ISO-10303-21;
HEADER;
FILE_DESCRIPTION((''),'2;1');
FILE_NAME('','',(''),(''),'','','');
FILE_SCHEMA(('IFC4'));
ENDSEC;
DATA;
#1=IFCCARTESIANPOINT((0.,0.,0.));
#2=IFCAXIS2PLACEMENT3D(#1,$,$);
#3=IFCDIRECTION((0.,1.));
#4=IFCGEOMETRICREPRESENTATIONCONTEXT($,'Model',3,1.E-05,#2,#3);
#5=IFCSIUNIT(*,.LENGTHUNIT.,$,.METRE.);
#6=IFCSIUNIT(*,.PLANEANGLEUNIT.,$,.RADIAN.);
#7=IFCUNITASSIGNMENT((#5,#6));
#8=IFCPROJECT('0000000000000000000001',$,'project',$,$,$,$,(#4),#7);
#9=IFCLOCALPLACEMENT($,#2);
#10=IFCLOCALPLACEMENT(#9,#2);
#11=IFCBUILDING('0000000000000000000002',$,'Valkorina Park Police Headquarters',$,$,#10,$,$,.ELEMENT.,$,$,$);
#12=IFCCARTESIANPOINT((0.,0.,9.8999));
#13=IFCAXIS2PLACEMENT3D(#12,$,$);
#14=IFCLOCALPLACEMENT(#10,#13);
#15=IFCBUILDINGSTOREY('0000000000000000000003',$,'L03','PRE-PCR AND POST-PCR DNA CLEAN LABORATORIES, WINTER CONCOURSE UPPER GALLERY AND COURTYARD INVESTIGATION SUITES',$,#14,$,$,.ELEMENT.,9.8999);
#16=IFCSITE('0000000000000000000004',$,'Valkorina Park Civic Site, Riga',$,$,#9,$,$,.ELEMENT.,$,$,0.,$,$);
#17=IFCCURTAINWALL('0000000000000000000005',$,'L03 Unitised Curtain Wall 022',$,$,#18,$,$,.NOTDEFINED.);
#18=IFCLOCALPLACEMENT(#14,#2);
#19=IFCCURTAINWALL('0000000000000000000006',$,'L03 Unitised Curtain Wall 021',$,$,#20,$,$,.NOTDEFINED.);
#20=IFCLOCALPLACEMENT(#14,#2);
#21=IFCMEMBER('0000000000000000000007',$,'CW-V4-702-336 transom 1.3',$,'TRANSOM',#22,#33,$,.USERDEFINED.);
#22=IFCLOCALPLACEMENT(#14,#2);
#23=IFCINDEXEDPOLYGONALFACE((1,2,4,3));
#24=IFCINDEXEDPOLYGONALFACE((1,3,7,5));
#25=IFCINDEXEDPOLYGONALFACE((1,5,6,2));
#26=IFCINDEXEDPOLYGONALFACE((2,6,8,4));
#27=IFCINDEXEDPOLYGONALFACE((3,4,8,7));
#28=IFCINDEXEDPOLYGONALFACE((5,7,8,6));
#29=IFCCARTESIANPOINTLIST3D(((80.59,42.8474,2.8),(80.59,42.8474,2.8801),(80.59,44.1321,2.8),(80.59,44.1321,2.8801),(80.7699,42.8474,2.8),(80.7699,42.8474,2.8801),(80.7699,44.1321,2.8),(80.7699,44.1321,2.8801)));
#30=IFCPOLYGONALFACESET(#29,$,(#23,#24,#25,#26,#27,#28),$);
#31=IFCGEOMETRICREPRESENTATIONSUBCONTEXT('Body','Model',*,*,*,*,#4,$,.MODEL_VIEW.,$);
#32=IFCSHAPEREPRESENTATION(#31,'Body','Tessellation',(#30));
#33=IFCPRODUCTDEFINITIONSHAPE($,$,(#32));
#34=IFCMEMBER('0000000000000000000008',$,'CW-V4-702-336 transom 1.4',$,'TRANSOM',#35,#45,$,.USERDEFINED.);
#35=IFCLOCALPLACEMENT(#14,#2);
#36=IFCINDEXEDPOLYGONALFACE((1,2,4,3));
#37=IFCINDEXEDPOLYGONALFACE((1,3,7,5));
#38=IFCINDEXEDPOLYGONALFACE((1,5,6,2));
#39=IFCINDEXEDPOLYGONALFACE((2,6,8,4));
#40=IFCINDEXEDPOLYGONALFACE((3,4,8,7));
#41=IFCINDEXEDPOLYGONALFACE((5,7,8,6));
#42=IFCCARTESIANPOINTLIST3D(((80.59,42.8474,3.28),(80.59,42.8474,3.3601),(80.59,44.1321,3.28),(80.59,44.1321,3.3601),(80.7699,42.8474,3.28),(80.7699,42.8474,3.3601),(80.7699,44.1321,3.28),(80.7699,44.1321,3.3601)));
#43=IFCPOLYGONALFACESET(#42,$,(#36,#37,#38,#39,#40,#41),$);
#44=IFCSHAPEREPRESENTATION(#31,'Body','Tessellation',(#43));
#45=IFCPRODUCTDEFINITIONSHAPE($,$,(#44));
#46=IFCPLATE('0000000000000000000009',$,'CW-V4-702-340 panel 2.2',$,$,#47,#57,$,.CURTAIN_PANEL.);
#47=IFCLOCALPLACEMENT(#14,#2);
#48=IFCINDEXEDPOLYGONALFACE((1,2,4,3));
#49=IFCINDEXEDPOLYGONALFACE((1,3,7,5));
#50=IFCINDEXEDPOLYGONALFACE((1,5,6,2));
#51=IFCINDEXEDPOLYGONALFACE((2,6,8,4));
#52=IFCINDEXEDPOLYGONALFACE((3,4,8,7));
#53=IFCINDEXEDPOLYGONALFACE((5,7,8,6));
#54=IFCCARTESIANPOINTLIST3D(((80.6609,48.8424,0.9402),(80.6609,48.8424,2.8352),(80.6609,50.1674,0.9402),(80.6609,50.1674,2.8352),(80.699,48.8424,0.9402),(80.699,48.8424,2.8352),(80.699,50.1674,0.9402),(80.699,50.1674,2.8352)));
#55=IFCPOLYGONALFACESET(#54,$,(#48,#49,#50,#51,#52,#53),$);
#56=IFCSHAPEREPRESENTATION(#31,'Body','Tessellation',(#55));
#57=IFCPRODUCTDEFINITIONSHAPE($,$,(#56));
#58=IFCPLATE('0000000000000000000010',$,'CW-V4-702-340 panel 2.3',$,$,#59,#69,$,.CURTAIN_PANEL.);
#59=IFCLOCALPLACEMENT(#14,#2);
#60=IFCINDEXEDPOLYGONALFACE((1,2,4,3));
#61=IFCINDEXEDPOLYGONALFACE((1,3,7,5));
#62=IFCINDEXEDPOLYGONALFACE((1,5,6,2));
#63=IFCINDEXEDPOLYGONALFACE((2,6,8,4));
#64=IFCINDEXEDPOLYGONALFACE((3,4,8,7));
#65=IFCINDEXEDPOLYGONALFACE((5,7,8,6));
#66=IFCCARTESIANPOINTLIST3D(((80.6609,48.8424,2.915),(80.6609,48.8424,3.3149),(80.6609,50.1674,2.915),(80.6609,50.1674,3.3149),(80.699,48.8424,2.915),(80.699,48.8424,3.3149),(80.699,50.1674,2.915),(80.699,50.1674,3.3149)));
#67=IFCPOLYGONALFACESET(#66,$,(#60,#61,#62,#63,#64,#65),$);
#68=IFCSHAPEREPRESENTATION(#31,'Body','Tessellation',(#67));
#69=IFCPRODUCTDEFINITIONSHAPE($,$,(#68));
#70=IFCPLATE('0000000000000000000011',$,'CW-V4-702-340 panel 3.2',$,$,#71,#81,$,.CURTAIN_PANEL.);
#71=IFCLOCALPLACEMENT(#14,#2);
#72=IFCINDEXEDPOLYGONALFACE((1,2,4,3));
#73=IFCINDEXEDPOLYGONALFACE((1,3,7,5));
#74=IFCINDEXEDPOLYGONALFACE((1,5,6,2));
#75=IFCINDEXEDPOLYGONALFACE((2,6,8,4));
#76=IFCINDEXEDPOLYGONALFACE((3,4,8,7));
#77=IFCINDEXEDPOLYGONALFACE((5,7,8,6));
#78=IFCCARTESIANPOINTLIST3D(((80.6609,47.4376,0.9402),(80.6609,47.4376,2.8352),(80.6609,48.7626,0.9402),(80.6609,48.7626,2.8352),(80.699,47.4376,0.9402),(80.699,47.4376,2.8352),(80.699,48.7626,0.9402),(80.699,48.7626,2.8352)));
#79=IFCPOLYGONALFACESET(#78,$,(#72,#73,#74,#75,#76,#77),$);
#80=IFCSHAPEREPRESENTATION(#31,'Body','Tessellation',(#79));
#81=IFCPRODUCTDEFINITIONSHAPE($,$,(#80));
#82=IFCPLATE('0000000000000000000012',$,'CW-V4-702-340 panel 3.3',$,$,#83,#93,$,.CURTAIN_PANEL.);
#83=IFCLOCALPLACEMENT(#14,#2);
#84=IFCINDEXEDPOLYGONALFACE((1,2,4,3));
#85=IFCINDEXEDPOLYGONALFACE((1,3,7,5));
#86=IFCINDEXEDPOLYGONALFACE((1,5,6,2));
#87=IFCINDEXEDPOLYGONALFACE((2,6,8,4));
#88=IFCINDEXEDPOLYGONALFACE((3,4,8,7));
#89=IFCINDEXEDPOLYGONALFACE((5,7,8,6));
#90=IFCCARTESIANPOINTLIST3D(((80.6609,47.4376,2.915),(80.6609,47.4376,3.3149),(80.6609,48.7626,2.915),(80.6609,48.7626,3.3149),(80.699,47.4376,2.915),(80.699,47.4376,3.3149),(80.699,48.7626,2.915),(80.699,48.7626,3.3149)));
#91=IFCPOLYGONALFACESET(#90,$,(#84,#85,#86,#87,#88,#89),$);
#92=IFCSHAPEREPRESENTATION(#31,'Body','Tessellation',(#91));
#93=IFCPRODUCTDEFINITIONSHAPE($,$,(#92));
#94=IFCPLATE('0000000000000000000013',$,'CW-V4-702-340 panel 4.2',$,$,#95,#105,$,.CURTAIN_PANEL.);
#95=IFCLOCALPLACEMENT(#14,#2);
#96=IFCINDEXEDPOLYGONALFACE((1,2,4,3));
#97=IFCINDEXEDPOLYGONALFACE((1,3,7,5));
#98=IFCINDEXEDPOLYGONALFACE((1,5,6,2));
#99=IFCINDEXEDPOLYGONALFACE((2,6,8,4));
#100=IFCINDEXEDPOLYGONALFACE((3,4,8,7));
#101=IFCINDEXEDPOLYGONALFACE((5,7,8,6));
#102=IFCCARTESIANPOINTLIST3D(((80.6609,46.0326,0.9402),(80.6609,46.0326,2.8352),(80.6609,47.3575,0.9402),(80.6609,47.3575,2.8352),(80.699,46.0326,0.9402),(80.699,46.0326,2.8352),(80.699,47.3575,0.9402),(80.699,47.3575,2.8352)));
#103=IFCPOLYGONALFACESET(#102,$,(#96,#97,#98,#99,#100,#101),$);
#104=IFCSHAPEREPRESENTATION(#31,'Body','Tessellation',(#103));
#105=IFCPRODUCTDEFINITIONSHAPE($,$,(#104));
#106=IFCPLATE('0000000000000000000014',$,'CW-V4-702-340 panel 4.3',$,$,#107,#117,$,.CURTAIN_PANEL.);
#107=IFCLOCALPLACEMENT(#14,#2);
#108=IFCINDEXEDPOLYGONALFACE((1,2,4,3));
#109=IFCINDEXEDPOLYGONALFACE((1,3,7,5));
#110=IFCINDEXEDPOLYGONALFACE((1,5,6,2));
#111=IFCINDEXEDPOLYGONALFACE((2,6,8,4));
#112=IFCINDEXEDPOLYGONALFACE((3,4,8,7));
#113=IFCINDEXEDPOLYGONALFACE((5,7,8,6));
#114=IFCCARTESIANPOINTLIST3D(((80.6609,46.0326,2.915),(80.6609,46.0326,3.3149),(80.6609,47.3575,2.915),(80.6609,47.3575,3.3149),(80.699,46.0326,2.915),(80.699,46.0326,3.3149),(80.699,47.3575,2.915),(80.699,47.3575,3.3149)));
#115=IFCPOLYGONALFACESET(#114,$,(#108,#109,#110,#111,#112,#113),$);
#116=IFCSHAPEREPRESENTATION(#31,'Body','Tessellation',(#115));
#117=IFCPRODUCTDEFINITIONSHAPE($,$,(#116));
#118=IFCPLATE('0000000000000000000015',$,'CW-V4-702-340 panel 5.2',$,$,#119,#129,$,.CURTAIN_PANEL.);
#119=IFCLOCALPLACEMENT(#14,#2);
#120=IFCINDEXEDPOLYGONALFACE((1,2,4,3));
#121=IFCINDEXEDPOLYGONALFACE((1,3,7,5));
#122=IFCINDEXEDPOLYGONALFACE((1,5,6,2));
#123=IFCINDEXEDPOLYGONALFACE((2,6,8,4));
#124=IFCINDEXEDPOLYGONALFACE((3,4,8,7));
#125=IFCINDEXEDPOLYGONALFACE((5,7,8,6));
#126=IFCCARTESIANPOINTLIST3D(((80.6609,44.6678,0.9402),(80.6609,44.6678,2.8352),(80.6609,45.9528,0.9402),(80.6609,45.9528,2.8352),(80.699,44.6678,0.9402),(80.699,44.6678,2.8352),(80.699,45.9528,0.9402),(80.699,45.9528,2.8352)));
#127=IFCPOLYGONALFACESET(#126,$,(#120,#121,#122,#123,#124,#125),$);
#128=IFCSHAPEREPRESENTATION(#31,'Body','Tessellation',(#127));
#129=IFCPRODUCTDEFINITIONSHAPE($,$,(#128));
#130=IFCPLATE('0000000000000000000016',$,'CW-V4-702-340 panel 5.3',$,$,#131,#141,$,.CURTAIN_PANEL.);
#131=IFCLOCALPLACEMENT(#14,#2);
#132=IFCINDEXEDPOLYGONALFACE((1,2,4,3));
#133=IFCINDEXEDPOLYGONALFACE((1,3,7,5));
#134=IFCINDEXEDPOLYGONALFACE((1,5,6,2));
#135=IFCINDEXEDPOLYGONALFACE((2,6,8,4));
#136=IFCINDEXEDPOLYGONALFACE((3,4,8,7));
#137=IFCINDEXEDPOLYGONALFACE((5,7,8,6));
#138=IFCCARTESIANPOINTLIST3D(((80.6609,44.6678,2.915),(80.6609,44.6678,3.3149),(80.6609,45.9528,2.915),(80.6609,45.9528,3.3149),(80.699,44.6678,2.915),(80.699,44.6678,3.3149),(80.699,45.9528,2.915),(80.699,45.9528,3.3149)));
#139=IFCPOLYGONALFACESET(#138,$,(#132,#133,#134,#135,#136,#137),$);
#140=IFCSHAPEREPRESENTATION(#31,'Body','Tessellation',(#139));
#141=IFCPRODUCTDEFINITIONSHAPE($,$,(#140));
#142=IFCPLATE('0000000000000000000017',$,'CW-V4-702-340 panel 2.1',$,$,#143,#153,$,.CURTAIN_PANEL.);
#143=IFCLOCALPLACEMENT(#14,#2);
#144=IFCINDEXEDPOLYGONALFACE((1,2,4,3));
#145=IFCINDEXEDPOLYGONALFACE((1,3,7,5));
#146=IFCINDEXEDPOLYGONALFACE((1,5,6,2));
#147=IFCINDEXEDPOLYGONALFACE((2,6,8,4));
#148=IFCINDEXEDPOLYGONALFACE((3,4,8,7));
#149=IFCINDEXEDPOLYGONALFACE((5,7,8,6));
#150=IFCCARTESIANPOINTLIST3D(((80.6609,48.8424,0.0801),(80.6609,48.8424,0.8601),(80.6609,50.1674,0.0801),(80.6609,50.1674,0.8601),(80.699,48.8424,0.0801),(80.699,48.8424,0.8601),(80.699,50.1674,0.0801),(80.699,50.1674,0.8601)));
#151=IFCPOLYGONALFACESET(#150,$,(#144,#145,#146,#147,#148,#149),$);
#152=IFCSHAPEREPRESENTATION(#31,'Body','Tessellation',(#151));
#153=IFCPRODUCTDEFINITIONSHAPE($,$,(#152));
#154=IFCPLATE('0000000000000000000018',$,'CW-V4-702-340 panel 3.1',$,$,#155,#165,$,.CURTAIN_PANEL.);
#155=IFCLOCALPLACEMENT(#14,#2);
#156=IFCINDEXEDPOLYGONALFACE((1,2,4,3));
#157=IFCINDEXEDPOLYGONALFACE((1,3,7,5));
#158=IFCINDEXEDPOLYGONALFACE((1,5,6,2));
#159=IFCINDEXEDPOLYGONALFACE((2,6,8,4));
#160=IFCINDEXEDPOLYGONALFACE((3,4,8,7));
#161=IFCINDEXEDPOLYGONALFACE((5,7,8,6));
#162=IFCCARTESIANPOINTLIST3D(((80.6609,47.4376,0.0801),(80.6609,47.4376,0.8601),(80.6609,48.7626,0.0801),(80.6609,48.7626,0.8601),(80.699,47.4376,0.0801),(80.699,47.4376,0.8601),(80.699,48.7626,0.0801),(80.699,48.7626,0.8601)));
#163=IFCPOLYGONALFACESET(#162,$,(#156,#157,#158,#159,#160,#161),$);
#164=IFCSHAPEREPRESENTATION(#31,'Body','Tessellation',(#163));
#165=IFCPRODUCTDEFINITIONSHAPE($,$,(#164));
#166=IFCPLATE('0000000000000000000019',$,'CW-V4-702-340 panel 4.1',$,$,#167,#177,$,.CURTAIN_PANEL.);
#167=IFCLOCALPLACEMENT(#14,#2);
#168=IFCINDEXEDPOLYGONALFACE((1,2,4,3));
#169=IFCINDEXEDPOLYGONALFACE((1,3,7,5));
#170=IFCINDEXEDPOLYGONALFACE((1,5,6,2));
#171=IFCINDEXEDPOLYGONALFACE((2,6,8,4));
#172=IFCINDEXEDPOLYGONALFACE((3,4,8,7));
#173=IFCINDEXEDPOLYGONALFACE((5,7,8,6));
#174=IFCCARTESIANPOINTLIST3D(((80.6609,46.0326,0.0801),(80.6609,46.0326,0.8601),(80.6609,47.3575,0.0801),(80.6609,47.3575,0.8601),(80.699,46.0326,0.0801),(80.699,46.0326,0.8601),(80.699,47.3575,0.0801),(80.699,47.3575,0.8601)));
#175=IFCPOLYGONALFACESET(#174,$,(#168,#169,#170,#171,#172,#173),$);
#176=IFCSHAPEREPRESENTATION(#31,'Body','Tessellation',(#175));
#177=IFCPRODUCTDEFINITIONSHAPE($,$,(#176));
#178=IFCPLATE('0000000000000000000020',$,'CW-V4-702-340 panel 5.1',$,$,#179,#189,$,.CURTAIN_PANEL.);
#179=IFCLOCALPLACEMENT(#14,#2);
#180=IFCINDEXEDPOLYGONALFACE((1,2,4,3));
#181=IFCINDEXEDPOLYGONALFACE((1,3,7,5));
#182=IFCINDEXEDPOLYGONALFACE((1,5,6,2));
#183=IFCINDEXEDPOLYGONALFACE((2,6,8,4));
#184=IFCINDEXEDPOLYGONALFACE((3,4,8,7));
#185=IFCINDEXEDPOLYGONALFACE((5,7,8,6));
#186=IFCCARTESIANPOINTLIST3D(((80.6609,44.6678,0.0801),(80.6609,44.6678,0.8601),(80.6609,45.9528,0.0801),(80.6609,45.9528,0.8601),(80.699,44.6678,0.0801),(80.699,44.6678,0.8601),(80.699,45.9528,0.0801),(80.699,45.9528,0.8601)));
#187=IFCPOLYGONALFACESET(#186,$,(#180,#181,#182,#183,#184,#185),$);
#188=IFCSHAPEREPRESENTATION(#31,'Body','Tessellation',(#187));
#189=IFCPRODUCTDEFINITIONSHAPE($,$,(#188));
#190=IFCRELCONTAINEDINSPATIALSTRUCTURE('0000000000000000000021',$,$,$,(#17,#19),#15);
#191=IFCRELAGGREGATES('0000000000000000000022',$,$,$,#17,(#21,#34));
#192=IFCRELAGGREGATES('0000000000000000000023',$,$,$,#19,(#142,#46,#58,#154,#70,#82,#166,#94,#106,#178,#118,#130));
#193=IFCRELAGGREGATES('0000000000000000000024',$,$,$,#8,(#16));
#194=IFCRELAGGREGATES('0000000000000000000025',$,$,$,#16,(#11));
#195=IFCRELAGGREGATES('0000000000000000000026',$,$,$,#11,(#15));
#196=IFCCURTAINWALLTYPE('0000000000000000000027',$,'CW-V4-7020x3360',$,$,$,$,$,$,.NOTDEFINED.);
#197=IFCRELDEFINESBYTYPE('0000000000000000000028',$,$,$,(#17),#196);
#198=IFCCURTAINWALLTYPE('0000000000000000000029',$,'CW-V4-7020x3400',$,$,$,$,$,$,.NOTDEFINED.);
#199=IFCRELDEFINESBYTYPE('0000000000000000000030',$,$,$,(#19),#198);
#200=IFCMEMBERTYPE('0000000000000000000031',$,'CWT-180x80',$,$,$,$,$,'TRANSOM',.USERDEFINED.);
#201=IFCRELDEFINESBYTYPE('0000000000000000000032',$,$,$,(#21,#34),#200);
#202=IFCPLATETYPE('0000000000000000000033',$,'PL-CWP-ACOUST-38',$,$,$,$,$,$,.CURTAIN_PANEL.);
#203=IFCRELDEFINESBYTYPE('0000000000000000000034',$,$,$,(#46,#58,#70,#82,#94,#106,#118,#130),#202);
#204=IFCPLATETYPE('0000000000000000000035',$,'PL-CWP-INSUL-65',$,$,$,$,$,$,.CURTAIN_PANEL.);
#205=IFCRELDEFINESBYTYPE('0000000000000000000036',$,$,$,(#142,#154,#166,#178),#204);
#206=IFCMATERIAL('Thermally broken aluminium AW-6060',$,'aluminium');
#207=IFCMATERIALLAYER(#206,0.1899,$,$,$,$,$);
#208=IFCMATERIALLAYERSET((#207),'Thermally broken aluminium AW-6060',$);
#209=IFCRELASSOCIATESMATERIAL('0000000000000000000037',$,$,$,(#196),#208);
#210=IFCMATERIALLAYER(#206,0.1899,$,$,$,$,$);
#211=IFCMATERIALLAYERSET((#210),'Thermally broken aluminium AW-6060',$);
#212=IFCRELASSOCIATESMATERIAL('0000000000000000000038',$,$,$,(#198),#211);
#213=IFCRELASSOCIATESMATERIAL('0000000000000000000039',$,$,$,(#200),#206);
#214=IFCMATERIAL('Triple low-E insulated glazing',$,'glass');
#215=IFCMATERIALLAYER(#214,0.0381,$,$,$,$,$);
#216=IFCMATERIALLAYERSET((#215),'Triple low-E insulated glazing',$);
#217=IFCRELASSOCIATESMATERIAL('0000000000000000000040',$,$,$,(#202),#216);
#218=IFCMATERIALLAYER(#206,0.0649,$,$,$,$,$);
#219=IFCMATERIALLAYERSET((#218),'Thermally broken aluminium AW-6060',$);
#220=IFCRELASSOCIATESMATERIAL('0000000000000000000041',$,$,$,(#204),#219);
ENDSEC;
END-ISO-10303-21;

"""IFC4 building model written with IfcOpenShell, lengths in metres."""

from ifc_helpers import new_model, si_unit, direction, frame, origin, origin_2d, place, context, subcontext, project, spatial, rectangle, extrude, material, layer, layer_set, material_profile, profile_set, type_object, element, aggregate, save


model = new_model("IFC4")

# Units and contexts
model_context = context("Model", 3, precision=1e-05, world=origin(), true_north=direction((0.0, 1.0)))
body_context = subcontext(model_context, "Body", "Model", "MODEL_VIEW")
ifc_project = project(units=[si_unit("LENGTHUNIT", "METRE"), si_unit("PLANEANGLEUNIT", "RADIAN")], contexts=[model_context])

# Site, building, storey
site_placement = place(None, origin())
site = spatial("IfcSite", under=ifc_project, at=site_placement, Name="Valkorina Park Civic Site, Riga", CompositionType="ELEMENT", RefElevation=0.0)
building_placement = place(site_placement, origin())
building = spatial("IfcBuilding", under=site, at=building_placement, Name="Valkorina Park Police Headquarters", CompositionType="ELEMENT")
storey_placement = place(building_placement, frame((0.0, 0.0, 9.8999)))
storey = spatial("IfcBuildingStorey", under=building, at=storey_placement, Name="L03", Description="PRE-PCR AND POST-PCR DNA CLEAN LABORATORIES, WINTER CONCOURSE UPPER GALLERY AND COURTYARD INVESTIGATION SUITES", CompositionType="ELEMENT", Elevation=9.8999)

# Curtain wall
ifc_material_1 = material(Name="Thermally broken aluminium AW-6060", Category="aluminium")
ifc_layer_1 = layer(ifc_material_1, 0.1899)
ifc_layer_set_1 = layer_set([ifc_layer_1], Name="Thermally broken aluminium AW-6060")
curtain_wall_type_1 = type_object("IfcCurtainWallType", Name="CW-V4-7020x3360", PredefinedType="NOTDEFINED", material=ifc_layer_set_1)
curtain_wall_1_placement = place(storey_placement, origin())
curtain_wall_1 = element("IfcCurtainWall", 1, at=curtain_wall_1_placement, inside=storey, type_object=curtain_wall_type_1, Name="L03 Unitised Curtain Wall 022", PredefinedType="NOTDEFINED")

# Curtain wall
ifc_layer_2 = layer(ifc_material_1, 0.1899)
ifc_layer_set_2 = layer_set([ifc_layer_2], Name="Thermally broken aluminium AW-6060")
curtain_wall_type_2 = type_object("IfcCurtainWallType", Name="CW-V4-7020x3400", PredefinedType="NOTDEFINED", material=ifc_layer_set_2)
curtain_wall_2_placement = place(storey_placement, origin())
curtain_wall_2 = element("IfcCurtainWall", 2, at=curtain_wall_2_placement, inside=storey, type_object=curtain_wall_type_2, Name="L03 Unitised Curtain Wall 021", PredefinedType="NOTDEFINED")
ifc_material_profile_1 = material_profile(ifc_material_1, rectangle(XDim=0.1799, YDim=0.0801, at=origin_2d()), Name="CWT-03 180x80")
ifc_profile_set_1 = profile_set([ifc_material_profile_1], Name="Thermally broken aluminium AW-6060")
member_type_1 = type_object("IfcMemberType", Name="CWT-180x80", ElementType="TRANSOM", PredefinedType="USERDEFINED", material=ifc_profile_set_1)

# Members
member_1_placement = place(storey_placement, frame((80.6799, 44.1321, 2.8401), z_axis=(0.0, -1.0, 0.0), x_axis=(1.0, 0.0, 0.0)))
member_1 = element("IfcMember", 3, at=member_1_placement, type_object=member_type_1, Name="CW-V4-702-336 transom 1.3", ObjectType="TRANSOM", PredefinedType="USERDEFINED", context=body_context, shape_type="SweptSolid", body=[
    extrude(rectangle(XDim=0.1799, YDim=0.0801, at=origin_2d()), origin(), (0.0, 0.0, 1.0), 1.2847),
])
member_2_placement = place(storey_placement, frame((80.6799, 44.1321, 3.3201), z_axis=(0.0, -1.0, 0.0), x_axis=(1.0, 0.0, 0.0)))
member_2 = element("IfcMember", 4, at=member_2_placement, type_object=member_type_1, Name="CW-V4-702-336 transom 1.4", ObjectType="TRANSOM", PredefinedType="USERDEFINED", context=body_context, shape_type="SweptSolid", body=[
    extrude(rectangle(XDim=0.1799, YDim=0.0801, at=origin_2d()), origin(), (0.0, 0.0, 1.0), 1.2847),
])
aggregate(curtain_wall_1, [member_1, member_2])

# Plates
ifc_material_2 = material(Name="Triple low-E insulated glazing", Category="glass")
ifc_layer_3 = layer(ifc_material_2, 0.0381)
ifc_layer_set_3 = layer_set([ifc_layer_3], Name="Triple low-E insulated glazing")
plate_type_1 = type_object("IfcPlateType", Name="PL-CWP-ACOUST-38", PredefinedType="CURTAIN_PANEL", material=ifc_layer_set_3)
plate_1_placement = place(storey_placement, frame((80.6799, 49.5049, 0.9402), z_axis=(0.0, 0.0, 1.0), x_axis=(0.0, -1.0, 0.0)))
plate_1 = element("IfcPlate", 5, at=plate_1_placement, type_object=plate_type_1, Name="CW-V4-702-340 panel 2.2", PredefinedType="CURTAIN_PANEL", context=body_context, shape_type="SweptSolid", body=[
    extrude(rectangle(XDim=1.325, YDim=0.0381, at=origin_2d()), origin(), (0.0, 0.0, 1.0), 1.895),
])
plate_2_placement = place(storey_placement, frame((80.6799, 49.5049, 2.915), z_axis=(0.0, 0.0, 1.0), x_axis=(0.0, -1.0, 0.0)))
plate_2 = element("IfcPlate", 6, at=plate_2_placement, type_object=plate_type_1, Name="CW-V4-702-340 panel 2.3", PredefinedType="CURTAIN_PANEL", context=body_context, shape_type="SweptSolid", body=[
    extrude(rectangle(XDim=1.325, YDim=0.0381, at=origin_2d()), origin(), (0.0, 0.0, 1.0), 0.3999),
])
plate_3_placement = place(storey_placement, frame((80.6799, 48.1001, 0.9402), z_axis=(0.0, 0.0, 1.0), x_axis=(0.0, -1.0, 0.0)))
plate_3 = element("IfcPlate", 7, at=plate_3_placement, type_object=plate_type_1, Name="CW-V4-702-340 panel 3.2", PredefinedType="CURTAIN_PANEL", context=body_context, shape_type="SweptSolid", body=[
    extrude(rectangle(XDim=1.325, YDim=0.0381, at=origin_2d()), origin(), (0.0, 0.0, 1.0), 1.895),
])
plate_4_placement = place(storey_placement, frame((80.6799, 48.1001, 2.915), z_axis=(0.0, 0.0, 1.0), x_axis=(0.0, -1.0, 0.0)))
plate_4 = element("IfcPlate", 8, at=plate_4_placement, type_object=plate_type_1, Name="CW-V4-702-340 panel 3.3", PredefinedType="CURTAIN_PANEL", context=body_context, shape_type="SweptSolid", body=[
    extrude(rectangle(XDim=1.325, YDim=0.0381, at=origin_2d()), origin(), (0.0, 0.0, 1.0), 0.3999),
])
plate_5_placement = place(storey_placement, frame((80.6799, 46.6951, 0.9402), z_axis=(0.0, 0.0, 1.0), x_axis=(0.0, -1.0, 0.0)))
plate_5 = element("IfcPlate", 9, at=plate_5_placement, type_object=plate_type_1, Name="CW-V4-702-340 panel 4.2", PredefinedType="CURTAIN_PANEL", context=body_context, shape_type="SweptSolid", body=[
    extrude(rectangle(XDim=1.325, YDim=0.0381, at=origin_2d()), origin(), (0.0, 0.0, 1.0), 1.895),
])
plate_6_placement = place(storey_placement, frame((80.6799, 46.6951, 2.915), z_axis=(0.0, 0.0, 1.0), x_axis=(0.0, -1.0, 0.0)))
plate_6 = element("IfcPlate", 10, at=plate_6_placement, type_object=plate_type_1, Name="CW-V4-702-340 panel 4.3", PredefinedType="CURTAIN_PANEL", context=body_context, shape_type="SweptSolid", body=[
    extrude(rectangle(XDim=1.325, YDim=0.0381, at=origin_2d()), origin(), (0.0, 0.0, 1.0), 0.3999),
])
plate_7_placement = place(storey_placement, frame((80.6799, 45.3103, 0.9402), z_axis=(0.0, 0.0, 1.0), x_axis=(0.0, -1.0, 0.0)))
plate_7 = element("IfcPlate", 11, at=plate_7_placement, type_object=plate_type_1, Name="CW-V4-702-340 panel 5.2", PredefinedType="CURTAIN_PANEL", context=body_context, shape_type="SweptSolid", body=[
    extrude(rectangle(XDim=1.2849, YDim=0.0381, at=origin_2d()), origin(), (0.0, 0.0, 1.0), 1.895),
])
plate_8_placement = place(storey_placement, frame((80.6799, 45.3103, 2.915), z_axis=(0.0, 0.0, 1.0), x_axis=(0.0, -1.0, 0.0)))
plate_8 = element("IfcPlate", 12, at=plate_8_placement, type_object=plate_type_1, Name="CW-V4-702-340 panel 5.3", PredefinedType="CURTAIN_PANEL", context=body_context, shape_type="SweptSolid", body=[
    extrude(rectangle(XDim=1.2849, YDim=0.0381, at=origin_2d()), origin(), (0.0, 0.0, 1.0), 0.3999),
])
ifc_layer_4 = layer(ifc_material_1, 0.0649)
ifc_layer_set_4 = layer_set([ifc_layer_4], Name="Thermally broken aluminium AW-6060")
plate_type_2 = type_object("IfcPlateType", Name="PL-CWP-INSUL-65", PredefinedType="CURTAIN_PANEL", material=ifc_layer_set_4)
plate_9_placement = place(storey_placement, frame((80.6799, 49.5049, 0.0801), z_axis=(0.0, 0.0, 1.0), x_axis=(0.0, -1.0, 0.0)))
plate_9 = element("IfcPlate", 13, at=plate_9_placement, type_object=plate_type_2, Name="CW-V4-702-340 panel 2.1", PredefinedType="CURTAIN_PANEL", context=body_context, shape_type="SweptSolid", body=[
    extrude(rectangle(XDim=1.325, YDim=0.0381, at=origin_2d()), origin(), (0.0, 0.0, 1.0), 0.78),
])
plate_10_placement = place(storey_placement, frame((80.6799, 48.1001, 0.0801), z_axis=(0.0, 0.0, 1.0), x_axis=(0.0, -1.0, 0.0)))
plate_10 = element("IfcPlate", 14, at=plate_10_placement, type_object=plate_type_2, Name="CW-V4-702-340 panel 3.1", PredefinedType="CURTAIN_PANEL", context=body_context, shape_type="SweptSolid", body=[
    extrude(rectangle(XDim=1.325, YDim=0.0381, at=origin_2d()), origin(), (0.0, 0.0, 1.0), 0.78),
])
plate_11_placement = place(storey_placement, frame((80.6799, 46.6951, 0.0801), z_axis=(0.0, 0.0, 1.0), x_axis=(0.0, -1.0, 0.0)))
plate_11 = element("IfcPlate", 15, at=plate_11_placement, type_object=plate_type_2, Name="CW-V4-702-340 panel 4.1", PredefinedType="CURTAIN_PANEL", context=body_context, shape_type="SweptSolid", body=[
    extrude(rectangle(XDim=1.325, YDim=0.0381, at=origin_2d()), origin(), (0.0, 0.0, 1.0), 0.78),
])
plate_12_placement = place(storey_placement, frame((80.6799, 45.3103, 0.0801), z_axis=(0.0, 0.0, 1.0), x_axis=(0.0, -1.0, 0.0)))
plate_12 = element("IfcPlate", 16, at=plate_12_placement, type_object=plate_type_2, Name="CW-V4-702-340 panel 5.1", PredefinedType="CURTAIN_PANEL", context=body_context, shape_type="SweptSolid", body=[
    extrude(rectangle(XDim=1.2849, YDim=0.0381, at=origin_2d()), origin(), (0.0, 0.0, 1.0), 0.78),
])
aggregate(curtain_wall_2, [plate_9, plate_1, plate_2, plate_10, plate_3, plate_4, plate_11, plate_5, plate_6, plate_12, plate_7, plate_8])

save(model, "model.ifc")
